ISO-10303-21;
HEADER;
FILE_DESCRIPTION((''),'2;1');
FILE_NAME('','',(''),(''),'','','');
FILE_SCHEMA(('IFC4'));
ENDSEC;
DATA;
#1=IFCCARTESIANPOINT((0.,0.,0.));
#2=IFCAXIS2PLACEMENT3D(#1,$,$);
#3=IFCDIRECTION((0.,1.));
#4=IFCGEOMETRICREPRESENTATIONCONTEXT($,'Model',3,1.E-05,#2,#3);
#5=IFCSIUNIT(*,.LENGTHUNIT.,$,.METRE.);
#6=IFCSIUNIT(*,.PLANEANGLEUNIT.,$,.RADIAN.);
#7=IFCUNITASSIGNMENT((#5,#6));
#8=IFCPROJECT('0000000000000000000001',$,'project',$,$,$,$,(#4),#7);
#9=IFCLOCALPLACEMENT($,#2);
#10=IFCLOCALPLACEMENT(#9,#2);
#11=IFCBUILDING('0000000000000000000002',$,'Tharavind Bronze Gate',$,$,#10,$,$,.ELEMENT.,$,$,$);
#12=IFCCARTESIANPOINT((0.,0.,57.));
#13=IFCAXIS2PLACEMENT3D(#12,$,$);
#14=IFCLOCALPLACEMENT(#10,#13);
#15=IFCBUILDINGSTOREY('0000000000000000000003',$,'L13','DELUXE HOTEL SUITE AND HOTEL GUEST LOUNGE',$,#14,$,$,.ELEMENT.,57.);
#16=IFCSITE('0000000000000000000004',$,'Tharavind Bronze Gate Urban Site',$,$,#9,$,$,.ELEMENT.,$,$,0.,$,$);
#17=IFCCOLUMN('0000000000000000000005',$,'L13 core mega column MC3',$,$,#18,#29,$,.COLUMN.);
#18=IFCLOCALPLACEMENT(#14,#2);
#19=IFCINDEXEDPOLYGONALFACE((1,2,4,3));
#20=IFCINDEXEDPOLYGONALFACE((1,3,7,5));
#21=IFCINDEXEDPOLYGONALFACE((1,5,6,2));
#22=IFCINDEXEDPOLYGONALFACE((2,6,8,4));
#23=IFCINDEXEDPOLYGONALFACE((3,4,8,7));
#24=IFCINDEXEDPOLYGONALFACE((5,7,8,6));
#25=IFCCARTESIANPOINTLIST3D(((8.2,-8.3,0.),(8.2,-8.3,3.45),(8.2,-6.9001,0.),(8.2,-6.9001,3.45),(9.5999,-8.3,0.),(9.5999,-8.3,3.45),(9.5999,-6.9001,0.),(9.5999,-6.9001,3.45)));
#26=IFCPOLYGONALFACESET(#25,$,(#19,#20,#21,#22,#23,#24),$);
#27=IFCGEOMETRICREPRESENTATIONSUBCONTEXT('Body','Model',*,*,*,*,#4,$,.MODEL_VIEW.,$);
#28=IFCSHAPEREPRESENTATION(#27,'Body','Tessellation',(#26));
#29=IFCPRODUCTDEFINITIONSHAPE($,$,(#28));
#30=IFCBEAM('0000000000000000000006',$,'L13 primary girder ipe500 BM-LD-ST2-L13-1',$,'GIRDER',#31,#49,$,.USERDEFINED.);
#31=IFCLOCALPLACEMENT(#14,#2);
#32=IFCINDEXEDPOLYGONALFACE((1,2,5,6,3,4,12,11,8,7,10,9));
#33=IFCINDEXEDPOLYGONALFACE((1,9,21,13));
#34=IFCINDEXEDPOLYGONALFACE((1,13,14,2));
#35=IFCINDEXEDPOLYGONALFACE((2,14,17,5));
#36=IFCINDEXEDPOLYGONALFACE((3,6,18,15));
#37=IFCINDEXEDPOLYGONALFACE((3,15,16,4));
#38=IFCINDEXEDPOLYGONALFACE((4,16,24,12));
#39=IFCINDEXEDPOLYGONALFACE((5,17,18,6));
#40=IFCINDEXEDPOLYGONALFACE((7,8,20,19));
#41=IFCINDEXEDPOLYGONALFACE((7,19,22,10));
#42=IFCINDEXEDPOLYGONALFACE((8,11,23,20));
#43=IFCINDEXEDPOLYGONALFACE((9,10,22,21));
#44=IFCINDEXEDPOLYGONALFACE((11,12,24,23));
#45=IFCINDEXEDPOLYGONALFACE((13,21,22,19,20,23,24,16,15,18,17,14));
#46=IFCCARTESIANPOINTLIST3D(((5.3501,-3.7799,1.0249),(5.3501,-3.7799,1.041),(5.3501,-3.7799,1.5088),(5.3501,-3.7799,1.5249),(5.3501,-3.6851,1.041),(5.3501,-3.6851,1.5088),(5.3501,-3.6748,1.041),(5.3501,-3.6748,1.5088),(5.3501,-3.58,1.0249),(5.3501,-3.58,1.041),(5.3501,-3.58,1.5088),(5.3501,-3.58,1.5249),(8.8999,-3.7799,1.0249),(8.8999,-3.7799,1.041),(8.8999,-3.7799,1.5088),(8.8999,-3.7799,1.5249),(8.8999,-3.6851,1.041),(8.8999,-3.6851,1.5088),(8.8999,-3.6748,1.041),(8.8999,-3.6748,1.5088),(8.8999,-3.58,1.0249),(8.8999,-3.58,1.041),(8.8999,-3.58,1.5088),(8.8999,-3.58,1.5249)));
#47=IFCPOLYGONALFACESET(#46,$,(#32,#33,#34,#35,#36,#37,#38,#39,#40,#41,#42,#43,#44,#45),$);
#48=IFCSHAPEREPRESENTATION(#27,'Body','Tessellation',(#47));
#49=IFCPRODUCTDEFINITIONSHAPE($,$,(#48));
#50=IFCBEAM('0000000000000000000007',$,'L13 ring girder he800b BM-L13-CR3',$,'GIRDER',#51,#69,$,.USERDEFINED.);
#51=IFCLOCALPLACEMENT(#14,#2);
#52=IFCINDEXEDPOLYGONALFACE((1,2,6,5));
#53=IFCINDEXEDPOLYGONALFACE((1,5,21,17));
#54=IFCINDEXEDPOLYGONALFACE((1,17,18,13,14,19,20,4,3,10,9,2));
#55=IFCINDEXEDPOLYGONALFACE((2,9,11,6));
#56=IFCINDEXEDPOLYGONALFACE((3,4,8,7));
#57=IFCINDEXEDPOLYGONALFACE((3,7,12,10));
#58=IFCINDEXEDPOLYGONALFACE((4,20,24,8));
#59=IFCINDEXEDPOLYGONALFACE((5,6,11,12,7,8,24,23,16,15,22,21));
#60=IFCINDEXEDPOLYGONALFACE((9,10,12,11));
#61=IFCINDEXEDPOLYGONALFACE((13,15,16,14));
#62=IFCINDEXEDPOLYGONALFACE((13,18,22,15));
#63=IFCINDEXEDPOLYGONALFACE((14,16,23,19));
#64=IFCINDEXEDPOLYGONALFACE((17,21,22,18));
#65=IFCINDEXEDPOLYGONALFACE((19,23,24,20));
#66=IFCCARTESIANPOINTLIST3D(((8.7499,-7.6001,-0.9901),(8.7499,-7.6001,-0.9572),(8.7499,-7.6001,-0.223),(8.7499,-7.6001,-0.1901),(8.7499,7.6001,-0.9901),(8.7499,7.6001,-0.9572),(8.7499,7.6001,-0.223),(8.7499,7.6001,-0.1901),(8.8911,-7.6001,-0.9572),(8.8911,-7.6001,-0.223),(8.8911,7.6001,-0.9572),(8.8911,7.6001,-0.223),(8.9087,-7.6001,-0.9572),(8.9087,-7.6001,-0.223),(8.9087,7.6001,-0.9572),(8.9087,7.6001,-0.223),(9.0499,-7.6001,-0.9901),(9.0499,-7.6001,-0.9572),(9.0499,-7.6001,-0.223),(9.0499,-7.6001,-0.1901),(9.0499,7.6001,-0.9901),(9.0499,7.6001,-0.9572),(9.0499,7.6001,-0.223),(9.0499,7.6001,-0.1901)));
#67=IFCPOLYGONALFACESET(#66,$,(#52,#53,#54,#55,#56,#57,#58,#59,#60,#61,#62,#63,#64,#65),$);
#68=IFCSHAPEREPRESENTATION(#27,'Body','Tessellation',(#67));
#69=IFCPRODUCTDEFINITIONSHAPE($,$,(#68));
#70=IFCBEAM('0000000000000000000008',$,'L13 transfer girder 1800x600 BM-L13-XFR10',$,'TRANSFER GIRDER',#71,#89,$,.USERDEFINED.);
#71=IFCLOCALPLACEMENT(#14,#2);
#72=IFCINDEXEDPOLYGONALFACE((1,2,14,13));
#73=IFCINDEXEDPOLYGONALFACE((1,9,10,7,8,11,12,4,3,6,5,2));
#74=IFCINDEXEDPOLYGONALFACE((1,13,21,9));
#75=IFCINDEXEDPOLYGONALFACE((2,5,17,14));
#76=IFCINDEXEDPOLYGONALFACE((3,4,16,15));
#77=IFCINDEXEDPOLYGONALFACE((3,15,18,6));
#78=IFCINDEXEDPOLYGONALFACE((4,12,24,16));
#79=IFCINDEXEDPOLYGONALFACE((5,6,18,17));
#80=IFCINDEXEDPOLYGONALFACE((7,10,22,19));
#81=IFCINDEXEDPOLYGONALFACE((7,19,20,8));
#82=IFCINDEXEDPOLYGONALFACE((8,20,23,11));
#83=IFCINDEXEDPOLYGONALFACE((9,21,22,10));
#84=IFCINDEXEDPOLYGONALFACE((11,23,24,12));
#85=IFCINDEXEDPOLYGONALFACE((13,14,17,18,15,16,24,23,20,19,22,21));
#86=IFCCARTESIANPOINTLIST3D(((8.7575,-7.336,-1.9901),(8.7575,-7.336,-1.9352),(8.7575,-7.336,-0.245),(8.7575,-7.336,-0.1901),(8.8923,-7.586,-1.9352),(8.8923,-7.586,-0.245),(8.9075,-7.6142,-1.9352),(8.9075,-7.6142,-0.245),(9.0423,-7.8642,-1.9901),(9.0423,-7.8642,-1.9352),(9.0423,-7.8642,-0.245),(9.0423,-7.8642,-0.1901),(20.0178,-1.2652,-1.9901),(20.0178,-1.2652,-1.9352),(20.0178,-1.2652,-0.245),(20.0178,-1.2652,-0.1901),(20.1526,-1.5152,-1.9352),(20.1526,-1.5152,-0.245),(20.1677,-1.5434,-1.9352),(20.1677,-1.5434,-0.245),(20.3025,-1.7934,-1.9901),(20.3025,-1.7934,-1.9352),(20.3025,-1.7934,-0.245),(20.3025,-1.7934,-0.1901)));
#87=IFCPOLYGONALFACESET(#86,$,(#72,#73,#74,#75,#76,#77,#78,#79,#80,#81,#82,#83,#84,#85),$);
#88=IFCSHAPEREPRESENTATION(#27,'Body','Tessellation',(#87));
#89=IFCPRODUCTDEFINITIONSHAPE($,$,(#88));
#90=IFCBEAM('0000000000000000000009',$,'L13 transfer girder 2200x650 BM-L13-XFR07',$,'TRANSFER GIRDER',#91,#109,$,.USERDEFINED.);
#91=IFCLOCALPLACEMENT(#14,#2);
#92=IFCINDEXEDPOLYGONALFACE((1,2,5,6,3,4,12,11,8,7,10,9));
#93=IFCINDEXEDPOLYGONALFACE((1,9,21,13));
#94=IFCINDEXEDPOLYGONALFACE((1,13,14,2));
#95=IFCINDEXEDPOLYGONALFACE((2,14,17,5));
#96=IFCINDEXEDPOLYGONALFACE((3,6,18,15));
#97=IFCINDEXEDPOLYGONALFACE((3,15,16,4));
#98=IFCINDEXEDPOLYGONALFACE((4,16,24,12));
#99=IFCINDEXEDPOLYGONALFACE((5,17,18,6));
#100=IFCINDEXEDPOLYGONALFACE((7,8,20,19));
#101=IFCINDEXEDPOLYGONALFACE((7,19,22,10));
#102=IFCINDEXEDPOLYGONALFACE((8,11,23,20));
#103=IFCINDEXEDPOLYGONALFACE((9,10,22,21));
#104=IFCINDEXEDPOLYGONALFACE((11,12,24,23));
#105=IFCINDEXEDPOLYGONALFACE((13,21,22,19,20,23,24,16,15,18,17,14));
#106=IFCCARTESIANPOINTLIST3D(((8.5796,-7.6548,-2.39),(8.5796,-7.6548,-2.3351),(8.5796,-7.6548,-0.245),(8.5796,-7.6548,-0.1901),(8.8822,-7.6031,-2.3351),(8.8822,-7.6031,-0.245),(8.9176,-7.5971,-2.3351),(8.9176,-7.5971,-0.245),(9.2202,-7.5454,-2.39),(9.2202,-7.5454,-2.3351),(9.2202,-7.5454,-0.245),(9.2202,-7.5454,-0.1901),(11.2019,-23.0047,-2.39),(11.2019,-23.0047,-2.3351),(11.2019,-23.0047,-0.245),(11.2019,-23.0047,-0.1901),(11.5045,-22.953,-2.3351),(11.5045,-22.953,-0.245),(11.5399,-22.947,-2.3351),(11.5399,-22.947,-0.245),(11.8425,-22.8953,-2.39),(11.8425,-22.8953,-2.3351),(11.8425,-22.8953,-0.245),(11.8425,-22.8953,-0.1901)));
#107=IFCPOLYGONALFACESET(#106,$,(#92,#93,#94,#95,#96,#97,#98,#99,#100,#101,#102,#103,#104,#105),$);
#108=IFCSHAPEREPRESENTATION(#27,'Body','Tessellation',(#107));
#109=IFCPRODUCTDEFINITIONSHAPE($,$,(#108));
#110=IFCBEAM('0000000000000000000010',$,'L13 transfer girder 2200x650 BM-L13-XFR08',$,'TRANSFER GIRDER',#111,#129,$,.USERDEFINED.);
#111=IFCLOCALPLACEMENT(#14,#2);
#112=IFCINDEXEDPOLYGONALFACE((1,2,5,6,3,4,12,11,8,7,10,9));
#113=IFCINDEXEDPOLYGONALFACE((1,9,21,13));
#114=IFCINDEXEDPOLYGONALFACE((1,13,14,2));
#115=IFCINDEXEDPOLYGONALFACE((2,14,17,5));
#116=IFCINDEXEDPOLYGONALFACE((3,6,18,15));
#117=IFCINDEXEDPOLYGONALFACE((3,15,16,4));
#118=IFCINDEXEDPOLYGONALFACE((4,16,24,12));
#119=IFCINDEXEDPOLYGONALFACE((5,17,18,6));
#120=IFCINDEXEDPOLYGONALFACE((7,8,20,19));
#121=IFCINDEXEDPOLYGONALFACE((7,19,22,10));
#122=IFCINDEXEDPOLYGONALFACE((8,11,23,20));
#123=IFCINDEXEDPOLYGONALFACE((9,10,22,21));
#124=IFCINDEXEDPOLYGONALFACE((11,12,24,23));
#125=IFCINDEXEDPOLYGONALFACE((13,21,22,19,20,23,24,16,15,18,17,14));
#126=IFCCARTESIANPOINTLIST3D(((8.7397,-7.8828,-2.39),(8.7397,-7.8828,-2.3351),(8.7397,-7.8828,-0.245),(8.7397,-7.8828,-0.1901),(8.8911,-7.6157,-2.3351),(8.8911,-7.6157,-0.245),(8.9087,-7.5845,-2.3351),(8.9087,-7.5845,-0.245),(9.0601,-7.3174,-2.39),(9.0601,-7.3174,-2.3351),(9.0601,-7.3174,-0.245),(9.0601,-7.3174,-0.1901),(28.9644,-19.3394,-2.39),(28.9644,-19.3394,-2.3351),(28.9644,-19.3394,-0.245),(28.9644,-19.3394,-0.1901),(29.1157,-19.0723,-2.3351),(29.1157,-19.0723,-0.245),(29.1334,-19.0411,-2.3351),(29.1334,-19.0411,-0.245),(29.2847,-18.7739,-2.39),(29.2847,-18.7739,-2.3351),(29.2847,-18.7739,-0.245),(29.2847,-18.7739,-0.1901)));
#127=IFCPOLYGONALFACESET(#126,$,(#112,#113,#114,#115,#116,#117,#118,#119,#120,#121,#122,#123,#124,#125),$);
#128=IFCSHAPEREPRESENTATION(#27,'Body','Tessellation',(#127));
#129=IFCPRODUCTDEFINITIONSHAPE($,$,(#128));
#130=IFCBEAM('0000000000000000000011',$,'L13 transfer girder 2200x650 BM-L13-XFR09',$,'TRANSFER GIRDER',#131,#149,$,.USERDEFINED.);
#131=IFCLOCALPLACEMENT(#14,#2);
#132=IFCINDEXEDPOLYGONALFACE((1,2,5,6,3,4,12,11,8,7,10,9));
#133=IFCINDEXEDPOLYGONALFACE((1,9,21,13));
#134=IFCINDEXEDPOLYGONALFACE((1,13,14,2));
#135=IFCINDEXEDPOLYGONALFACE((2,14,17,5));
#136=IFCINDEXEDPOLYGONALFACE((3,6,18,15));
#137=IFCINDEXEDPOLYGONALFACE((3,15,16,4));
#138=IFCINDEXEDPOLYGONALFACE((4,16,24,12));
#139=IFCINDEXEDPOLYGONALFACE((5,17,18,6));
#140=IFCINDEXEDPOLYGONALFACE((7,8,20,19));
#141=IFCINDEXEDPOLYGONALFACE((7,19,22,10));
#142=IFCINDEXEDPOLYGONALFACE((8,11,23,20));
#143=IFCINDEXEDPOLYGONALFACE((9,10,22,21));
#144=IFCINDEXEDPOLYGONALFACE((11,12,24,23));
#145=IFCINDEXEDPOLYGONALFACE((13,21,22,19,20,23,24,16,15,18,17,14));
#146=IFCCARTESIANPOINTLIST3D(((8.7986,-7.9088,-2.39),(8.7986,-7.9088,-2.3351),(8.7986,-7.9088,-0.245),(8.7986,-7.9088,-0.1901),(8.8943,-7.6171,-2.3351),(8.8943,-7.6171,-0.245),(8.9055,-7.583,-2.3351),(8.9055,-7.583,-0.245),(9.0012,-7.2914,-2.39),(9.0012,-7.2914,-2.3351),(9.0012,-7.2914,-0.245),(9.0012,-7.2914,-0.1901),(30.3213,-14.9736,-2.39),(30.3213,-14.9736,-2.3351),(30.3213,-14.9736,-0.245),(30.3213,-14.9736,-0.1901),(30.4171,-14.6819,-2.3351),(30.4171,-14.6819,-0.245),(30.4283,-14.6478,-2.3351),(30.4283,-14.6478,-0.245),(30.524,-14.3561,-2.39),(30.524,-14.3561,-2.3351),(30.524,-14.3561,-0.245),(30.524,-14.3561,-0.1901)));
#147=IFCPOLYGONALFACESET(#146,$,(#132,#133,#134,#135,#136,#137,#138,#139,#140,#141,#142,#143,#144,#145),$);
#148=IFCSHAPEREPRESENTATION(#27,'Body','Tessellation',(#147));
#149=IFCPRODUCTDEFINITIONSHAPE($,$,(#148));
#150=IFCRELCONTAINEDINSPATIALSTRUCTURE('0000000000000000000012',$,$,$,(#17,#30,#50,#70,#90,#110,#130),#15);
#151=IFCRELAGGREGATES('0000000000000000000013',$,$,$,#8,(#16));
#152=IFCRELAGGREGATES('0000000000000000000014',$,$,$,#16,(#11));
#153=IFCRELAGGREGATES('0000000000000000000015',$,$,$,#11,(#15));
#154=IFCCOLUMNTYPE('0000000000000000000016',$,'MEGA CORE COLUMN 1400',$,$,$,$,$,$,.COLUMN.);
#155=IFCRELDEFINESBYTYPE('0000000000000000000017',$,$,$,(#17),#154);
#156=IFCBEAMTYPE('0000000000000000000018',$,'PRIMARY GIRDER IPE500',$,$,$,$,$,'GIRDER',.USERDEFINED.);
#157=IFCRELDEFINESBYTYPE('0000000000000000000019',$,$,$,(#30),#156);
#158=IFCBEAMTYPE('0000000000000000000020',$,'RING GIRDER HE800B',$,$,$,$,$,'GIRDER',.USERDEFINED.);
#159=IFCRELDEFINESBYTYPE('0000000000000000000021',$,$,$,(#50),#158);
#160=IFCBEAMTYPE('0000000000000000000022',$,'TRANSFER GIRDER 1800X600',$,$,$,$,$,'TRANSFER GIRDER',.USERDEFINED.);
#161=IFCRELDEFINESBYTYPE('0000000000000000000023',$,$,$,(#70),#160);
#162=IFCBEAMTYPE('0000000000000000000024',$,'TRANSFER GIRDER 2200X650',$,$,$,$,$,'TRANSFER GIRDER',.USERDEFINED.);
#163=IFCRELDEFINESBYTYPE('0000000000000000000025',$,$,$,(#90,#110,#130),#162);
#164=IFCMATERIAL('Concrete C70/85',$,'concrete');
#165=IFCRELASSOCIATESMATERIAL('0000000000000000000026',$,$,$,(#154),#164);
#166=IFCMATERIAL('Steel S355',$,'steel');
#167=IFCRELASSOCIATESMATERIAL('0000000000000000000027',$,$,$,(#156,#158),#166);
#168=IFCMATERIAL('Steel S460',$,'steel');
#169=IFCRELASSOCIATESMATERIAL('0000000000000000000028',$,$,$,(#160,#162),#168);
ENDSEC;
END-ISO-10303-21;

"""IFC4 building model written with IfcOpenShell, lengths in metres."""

from ifc_helpers import new_model, si_unit, direction, frame, origin, origin_2d, place, context, subcontext, project, spatial, rectangle, i_section, extrude, material, material_profile, profile_set, type_object, element, save


model = new_model("IFC4")

# Units and contexts
model_context = context("Model", 3, precision=1e-05, world=origin(), true_north=direction((0.0, 1.0)))
body_context = subcontext(model_context, "Body", "Model", "MODEL_VIEW")
ifc_project = project(units=[si_unit("LENGTHUNIT", "METRE"), si_unit("PLANEANGLEUNIT", "RADIAN")], contexts=[model_context])

# Site, building, storey
site_placement = place(None, origin())
site = spatial("IfcSite", under=ifc_project, at=site_placement, Name="Tharavind Bronze Gate Urban Site", CompositionType="ELEMENT", RefElevation=0.0)
building_placement = place(site_placement, origin())
building = spatial("IfcBuilding", under=site, at=building_placement, Name="Tharavind Bronze Gate", CompositionType="ELEMENT")
storey_placement = place(building_placement, frame((0.0, 0.0, 57.0)))
storey = spatial("IfcBuildingStorey", under=building, at=storey_placement, Name="L13", Description="DELUXE HOTEL SUITE AND HOTEL GUEST LOUNGE", CompositionType="ELEMENT", Elevation=57.0)

# Column
ifc_material_1 = material(Name="Concrete C70/85", Category="concrete")
ifc_material_profile_1 = material_profile(ifc_material_1, rectangle(XDim=1.3999, YDim=1.3999, at=origin_2d()), Name="RCCOL1400")
ifc_profile_set_1 = profile_set([ifc_material_profile_1], Name="Concrete C70/85")
column_type = type_object("IfcColumnType", Name="MEGA CORE COLUMN 1400", PredefinedType="COLUMN", material=ifc_profile_set_1)
column_placement = place(storey_placement, frame((8.8999, -7.6001, 0.0), z_axis=(0.0, 0.0, 1.0), x_axis=(1.0, 0.0, 0.0)))
element("IfcColumn", 1, at=column_placement, inside=storey, type_object=column_type, Name="L13 core mega column MC3", PredefinedType="COLUMN", context=body_context, shape_type="SweptSolid", body=[
    extrude(rectangle(XDim=1.3999, YDim=1.3999, at=origin_2d()), origin(), (0.0, 0.0, 1.0), 3.45),
])

# Beams
ifc_material_2 = material(Name="Steel S355", Category="steel")
ifc_material_profile_2 = material_profile(ifc_material_2, i_section(OverallWidth=0.2, OverallDepth=0.5, WebThickness=0.0103, FlangeThickness=0.0161, at=origin_2d()), Name="IPE500")
ifc_profile_set_2 = profile_set([ifc_material_profile_2], Name="Steel S355")
beam_type_1 = type_object("IfcBeamType", Name="PRIMARY GIRDER IPE500", ElementType="GIRDER", PredefinedType="USERDEFINED", material=ifc_profile_set_2)
beam_1_placement = place(storey_placement, frame((5.3501, -3.6799, 1.2749), z_axis=(1.0, 0.0, 0.0), x_axis=(0.0, 1.0, 0.0)))
element("IfcBeam", 2, at=beam_1_placement, inside=storey, type_object=beam_type_1, Name="L13 primary girder ipe500 BM-LD-ST2-L13-1", ObjectType="GIRDER", PredefinedType="USERDEFINED", context=body_context, shape_type="SweptSolid", body=[
    extrude(i_section(OverallWidth=0.2, OverallDepth=0.5, WebThickness=0.0103, FlangeThickness=0.0161, at=origin_2d()), origin(), (0.0, 0.0, 1.0), 3.5498),
])
ifc_material_profile_3 = material_profile(ifc_material_2, i_section(OverallWidth=0.3, OverallDepth=0.8, WebThickness=0.0176, FlangeThickness=0.033, at=origin_2d()), Name="HE800B")
ifc_profile_set_3 = profile_set([ifc_material_profile_3], Name="Steel S355")
beam_type_2 = type_object("IfcBeamType", Name="RING GIRDER HE800B", ElementType="GIRDER", PredefinedType="USERDEFINED", material=ifc_profile_set_3)
beam_2_placement = place(storey_placement, frame((8.8999, -7.6001, -0.5901), z_axis=(0.0, 1.0, 0.0), x_axis=(-1.0, 0.0, 0.0)))
element("IfcBeam", 3, at=beam_2_placement, inside=storey, type_object=beam_type_2, Name="L13 ring girder he800b BM-L13-CR3", ObjectType="GIRDER", PredefinedType="USERDEFINED", context=body_context, shape_type="SweptSolid", body=[
    extrude(i_section(OverallWidth=0.3, OverallDepth=0.8, WebThickness=0.0176, FlangeThickness=0.033, at=origin_2d()), origin(), (0.0, 0.0, 1.0), 15.2002),
])
ifc_material_3 = material(Name="Steel S460", Category="steel")
ifc_material_profile_4 = material_profile(ifc_material_3, i_section(OverallWidth=0.6001, OverallDepth=1.8, WebThickness=0.032, FlangeThickness=0.0549, at=origin_2d()), Name="PG1800X600")
ifc_profile_set_4 = profile_set([ifc_material_profile_4], Name="Steel S460")
beam_type_3 = type_object("IfcBeamType", Name="TRANSFER GIRDER 1800X600", ElementType="TRANSFER GIRDER", PredefinedType="USERDEFINED", material=ifc_profile_set_4)
beam_3_placement = place(storey_placement, frame((8.8999, -7.6001, -1.0901), z_axis=(0.880223, 0.47456, 0.0), x_axis=(-0.47456, 0.880223, 0.0)))
element("IfcBeam", 4, at=beam_3_placement, inside=storey, type_object=beam_type_3, Name="L13 transfer girder 1800x600 BM-L13-XFR10", ObjectType="TRANSFER GIRDER", PredefinedType="USERDEFINED", context=body_context, shape_type="SweptSolid", body=[
    extrude(i_section(OverallWidth=0.6001, OverallDepth=1.8, WebThickness=0.032, FlangeThickness=0.0549, at=origin_2d()), origin(), (0.0, 0.0, 1.0), 12.7925),
])
ifc_material_profile_5 = material_profile(ifc_material_3, i_section(OverallWidth=0.6499, OverallDepth=2.2, WebThickness=0.0359, FlangeThickness=0.0549, at=origin_2d()), Name="PG2200X650")
ifc_profile_set_5 = profile_set([ifc_material_profile_5], Name="Steel S460")
beam_type_4 = type_object("IfcBeamType", Name="TRANSFER GIRDER 2200X650", ElementType="TRANSFER GIRDER", PredefinedType="USERDEFINED", material=ifc_profile_set_5)
beam_4_placement = place(storey_placement, frame((8.8999, -7.6001, -1.29), z_axis=(0.168397, -0.985719, 0.0), x_axis=(0.985719, 0.168397, 0.0)))
element("IfcBeam", 5, at=beam_4_placement, inside=storey, type_object=beam_type_4, Name="L13 transfer girder 2200x650 BM-L13-XFR07", ObjectType="TRANSFER GIRDER", PredefinedType="USERDEFINED", context=body_context, shape_type="SweptSolid", body=[
    extrude(i_section(OverallWidth=0.6499, OverallDepth=2.2, WebThickness=0.0359, FlangeThickness=0.0549, at=origin_2d()), origin(), (0.0, 0.0, 1.0), 15.5723),
])
beam_5_placement = place(storey_placement, frame((8.8999, -7.6001, -1.29), z_axis=(0.870097, -0.49288, 0.0), x_axis=(0.49288, 0.870097, 0.0)))
element("IfcBeam", 6, at=beam_5_placement, inside=storey, type_object=beam_type_4, Name="L13 transfer girder 2200x650 BM-L13-XFR08", ObjectType="TRANSFER GIRDER", PredefinedType="USERDEFINED", context=body_context, shape_type="SweptSolid", body=[
    extrude(i_section(OverallWidth=0.6499, OverallDepth=2.2, WebThickness=0.0359, FlangeThickness=0.0549, at=origin_2d()), origin(), (0.0, 0.0, 1.0), 23.2441),
])
beam_6_placement = place(storey_placement, frame((8.8999, -7.6001, -1.29), z_axis=(0.950124, -0.311872, 0.0), x_axis=(0.311872, 0.950124, 0.0)))
element("IfcBeam", 7, at=beam_6_placement, inside=storey, type_object=beam_type_4, Name="L13 transfer girder 2200x650 BM-L13-XFR09", ObjectType="TRANSFER GIRDER", PredefinedType="USERDEFINED", context=body_context, shape_type="SweptSolid", body=[
    extrude(i_section(OverallWidth=0.6499, OverallDepth=2.2, WebThickness=0.0359, FlangeThickness=0.0549, at=origin_2d()), origin(), (0.0, 0.0, 1.0), 22.6526),
])

save(model, "model.ifc")
